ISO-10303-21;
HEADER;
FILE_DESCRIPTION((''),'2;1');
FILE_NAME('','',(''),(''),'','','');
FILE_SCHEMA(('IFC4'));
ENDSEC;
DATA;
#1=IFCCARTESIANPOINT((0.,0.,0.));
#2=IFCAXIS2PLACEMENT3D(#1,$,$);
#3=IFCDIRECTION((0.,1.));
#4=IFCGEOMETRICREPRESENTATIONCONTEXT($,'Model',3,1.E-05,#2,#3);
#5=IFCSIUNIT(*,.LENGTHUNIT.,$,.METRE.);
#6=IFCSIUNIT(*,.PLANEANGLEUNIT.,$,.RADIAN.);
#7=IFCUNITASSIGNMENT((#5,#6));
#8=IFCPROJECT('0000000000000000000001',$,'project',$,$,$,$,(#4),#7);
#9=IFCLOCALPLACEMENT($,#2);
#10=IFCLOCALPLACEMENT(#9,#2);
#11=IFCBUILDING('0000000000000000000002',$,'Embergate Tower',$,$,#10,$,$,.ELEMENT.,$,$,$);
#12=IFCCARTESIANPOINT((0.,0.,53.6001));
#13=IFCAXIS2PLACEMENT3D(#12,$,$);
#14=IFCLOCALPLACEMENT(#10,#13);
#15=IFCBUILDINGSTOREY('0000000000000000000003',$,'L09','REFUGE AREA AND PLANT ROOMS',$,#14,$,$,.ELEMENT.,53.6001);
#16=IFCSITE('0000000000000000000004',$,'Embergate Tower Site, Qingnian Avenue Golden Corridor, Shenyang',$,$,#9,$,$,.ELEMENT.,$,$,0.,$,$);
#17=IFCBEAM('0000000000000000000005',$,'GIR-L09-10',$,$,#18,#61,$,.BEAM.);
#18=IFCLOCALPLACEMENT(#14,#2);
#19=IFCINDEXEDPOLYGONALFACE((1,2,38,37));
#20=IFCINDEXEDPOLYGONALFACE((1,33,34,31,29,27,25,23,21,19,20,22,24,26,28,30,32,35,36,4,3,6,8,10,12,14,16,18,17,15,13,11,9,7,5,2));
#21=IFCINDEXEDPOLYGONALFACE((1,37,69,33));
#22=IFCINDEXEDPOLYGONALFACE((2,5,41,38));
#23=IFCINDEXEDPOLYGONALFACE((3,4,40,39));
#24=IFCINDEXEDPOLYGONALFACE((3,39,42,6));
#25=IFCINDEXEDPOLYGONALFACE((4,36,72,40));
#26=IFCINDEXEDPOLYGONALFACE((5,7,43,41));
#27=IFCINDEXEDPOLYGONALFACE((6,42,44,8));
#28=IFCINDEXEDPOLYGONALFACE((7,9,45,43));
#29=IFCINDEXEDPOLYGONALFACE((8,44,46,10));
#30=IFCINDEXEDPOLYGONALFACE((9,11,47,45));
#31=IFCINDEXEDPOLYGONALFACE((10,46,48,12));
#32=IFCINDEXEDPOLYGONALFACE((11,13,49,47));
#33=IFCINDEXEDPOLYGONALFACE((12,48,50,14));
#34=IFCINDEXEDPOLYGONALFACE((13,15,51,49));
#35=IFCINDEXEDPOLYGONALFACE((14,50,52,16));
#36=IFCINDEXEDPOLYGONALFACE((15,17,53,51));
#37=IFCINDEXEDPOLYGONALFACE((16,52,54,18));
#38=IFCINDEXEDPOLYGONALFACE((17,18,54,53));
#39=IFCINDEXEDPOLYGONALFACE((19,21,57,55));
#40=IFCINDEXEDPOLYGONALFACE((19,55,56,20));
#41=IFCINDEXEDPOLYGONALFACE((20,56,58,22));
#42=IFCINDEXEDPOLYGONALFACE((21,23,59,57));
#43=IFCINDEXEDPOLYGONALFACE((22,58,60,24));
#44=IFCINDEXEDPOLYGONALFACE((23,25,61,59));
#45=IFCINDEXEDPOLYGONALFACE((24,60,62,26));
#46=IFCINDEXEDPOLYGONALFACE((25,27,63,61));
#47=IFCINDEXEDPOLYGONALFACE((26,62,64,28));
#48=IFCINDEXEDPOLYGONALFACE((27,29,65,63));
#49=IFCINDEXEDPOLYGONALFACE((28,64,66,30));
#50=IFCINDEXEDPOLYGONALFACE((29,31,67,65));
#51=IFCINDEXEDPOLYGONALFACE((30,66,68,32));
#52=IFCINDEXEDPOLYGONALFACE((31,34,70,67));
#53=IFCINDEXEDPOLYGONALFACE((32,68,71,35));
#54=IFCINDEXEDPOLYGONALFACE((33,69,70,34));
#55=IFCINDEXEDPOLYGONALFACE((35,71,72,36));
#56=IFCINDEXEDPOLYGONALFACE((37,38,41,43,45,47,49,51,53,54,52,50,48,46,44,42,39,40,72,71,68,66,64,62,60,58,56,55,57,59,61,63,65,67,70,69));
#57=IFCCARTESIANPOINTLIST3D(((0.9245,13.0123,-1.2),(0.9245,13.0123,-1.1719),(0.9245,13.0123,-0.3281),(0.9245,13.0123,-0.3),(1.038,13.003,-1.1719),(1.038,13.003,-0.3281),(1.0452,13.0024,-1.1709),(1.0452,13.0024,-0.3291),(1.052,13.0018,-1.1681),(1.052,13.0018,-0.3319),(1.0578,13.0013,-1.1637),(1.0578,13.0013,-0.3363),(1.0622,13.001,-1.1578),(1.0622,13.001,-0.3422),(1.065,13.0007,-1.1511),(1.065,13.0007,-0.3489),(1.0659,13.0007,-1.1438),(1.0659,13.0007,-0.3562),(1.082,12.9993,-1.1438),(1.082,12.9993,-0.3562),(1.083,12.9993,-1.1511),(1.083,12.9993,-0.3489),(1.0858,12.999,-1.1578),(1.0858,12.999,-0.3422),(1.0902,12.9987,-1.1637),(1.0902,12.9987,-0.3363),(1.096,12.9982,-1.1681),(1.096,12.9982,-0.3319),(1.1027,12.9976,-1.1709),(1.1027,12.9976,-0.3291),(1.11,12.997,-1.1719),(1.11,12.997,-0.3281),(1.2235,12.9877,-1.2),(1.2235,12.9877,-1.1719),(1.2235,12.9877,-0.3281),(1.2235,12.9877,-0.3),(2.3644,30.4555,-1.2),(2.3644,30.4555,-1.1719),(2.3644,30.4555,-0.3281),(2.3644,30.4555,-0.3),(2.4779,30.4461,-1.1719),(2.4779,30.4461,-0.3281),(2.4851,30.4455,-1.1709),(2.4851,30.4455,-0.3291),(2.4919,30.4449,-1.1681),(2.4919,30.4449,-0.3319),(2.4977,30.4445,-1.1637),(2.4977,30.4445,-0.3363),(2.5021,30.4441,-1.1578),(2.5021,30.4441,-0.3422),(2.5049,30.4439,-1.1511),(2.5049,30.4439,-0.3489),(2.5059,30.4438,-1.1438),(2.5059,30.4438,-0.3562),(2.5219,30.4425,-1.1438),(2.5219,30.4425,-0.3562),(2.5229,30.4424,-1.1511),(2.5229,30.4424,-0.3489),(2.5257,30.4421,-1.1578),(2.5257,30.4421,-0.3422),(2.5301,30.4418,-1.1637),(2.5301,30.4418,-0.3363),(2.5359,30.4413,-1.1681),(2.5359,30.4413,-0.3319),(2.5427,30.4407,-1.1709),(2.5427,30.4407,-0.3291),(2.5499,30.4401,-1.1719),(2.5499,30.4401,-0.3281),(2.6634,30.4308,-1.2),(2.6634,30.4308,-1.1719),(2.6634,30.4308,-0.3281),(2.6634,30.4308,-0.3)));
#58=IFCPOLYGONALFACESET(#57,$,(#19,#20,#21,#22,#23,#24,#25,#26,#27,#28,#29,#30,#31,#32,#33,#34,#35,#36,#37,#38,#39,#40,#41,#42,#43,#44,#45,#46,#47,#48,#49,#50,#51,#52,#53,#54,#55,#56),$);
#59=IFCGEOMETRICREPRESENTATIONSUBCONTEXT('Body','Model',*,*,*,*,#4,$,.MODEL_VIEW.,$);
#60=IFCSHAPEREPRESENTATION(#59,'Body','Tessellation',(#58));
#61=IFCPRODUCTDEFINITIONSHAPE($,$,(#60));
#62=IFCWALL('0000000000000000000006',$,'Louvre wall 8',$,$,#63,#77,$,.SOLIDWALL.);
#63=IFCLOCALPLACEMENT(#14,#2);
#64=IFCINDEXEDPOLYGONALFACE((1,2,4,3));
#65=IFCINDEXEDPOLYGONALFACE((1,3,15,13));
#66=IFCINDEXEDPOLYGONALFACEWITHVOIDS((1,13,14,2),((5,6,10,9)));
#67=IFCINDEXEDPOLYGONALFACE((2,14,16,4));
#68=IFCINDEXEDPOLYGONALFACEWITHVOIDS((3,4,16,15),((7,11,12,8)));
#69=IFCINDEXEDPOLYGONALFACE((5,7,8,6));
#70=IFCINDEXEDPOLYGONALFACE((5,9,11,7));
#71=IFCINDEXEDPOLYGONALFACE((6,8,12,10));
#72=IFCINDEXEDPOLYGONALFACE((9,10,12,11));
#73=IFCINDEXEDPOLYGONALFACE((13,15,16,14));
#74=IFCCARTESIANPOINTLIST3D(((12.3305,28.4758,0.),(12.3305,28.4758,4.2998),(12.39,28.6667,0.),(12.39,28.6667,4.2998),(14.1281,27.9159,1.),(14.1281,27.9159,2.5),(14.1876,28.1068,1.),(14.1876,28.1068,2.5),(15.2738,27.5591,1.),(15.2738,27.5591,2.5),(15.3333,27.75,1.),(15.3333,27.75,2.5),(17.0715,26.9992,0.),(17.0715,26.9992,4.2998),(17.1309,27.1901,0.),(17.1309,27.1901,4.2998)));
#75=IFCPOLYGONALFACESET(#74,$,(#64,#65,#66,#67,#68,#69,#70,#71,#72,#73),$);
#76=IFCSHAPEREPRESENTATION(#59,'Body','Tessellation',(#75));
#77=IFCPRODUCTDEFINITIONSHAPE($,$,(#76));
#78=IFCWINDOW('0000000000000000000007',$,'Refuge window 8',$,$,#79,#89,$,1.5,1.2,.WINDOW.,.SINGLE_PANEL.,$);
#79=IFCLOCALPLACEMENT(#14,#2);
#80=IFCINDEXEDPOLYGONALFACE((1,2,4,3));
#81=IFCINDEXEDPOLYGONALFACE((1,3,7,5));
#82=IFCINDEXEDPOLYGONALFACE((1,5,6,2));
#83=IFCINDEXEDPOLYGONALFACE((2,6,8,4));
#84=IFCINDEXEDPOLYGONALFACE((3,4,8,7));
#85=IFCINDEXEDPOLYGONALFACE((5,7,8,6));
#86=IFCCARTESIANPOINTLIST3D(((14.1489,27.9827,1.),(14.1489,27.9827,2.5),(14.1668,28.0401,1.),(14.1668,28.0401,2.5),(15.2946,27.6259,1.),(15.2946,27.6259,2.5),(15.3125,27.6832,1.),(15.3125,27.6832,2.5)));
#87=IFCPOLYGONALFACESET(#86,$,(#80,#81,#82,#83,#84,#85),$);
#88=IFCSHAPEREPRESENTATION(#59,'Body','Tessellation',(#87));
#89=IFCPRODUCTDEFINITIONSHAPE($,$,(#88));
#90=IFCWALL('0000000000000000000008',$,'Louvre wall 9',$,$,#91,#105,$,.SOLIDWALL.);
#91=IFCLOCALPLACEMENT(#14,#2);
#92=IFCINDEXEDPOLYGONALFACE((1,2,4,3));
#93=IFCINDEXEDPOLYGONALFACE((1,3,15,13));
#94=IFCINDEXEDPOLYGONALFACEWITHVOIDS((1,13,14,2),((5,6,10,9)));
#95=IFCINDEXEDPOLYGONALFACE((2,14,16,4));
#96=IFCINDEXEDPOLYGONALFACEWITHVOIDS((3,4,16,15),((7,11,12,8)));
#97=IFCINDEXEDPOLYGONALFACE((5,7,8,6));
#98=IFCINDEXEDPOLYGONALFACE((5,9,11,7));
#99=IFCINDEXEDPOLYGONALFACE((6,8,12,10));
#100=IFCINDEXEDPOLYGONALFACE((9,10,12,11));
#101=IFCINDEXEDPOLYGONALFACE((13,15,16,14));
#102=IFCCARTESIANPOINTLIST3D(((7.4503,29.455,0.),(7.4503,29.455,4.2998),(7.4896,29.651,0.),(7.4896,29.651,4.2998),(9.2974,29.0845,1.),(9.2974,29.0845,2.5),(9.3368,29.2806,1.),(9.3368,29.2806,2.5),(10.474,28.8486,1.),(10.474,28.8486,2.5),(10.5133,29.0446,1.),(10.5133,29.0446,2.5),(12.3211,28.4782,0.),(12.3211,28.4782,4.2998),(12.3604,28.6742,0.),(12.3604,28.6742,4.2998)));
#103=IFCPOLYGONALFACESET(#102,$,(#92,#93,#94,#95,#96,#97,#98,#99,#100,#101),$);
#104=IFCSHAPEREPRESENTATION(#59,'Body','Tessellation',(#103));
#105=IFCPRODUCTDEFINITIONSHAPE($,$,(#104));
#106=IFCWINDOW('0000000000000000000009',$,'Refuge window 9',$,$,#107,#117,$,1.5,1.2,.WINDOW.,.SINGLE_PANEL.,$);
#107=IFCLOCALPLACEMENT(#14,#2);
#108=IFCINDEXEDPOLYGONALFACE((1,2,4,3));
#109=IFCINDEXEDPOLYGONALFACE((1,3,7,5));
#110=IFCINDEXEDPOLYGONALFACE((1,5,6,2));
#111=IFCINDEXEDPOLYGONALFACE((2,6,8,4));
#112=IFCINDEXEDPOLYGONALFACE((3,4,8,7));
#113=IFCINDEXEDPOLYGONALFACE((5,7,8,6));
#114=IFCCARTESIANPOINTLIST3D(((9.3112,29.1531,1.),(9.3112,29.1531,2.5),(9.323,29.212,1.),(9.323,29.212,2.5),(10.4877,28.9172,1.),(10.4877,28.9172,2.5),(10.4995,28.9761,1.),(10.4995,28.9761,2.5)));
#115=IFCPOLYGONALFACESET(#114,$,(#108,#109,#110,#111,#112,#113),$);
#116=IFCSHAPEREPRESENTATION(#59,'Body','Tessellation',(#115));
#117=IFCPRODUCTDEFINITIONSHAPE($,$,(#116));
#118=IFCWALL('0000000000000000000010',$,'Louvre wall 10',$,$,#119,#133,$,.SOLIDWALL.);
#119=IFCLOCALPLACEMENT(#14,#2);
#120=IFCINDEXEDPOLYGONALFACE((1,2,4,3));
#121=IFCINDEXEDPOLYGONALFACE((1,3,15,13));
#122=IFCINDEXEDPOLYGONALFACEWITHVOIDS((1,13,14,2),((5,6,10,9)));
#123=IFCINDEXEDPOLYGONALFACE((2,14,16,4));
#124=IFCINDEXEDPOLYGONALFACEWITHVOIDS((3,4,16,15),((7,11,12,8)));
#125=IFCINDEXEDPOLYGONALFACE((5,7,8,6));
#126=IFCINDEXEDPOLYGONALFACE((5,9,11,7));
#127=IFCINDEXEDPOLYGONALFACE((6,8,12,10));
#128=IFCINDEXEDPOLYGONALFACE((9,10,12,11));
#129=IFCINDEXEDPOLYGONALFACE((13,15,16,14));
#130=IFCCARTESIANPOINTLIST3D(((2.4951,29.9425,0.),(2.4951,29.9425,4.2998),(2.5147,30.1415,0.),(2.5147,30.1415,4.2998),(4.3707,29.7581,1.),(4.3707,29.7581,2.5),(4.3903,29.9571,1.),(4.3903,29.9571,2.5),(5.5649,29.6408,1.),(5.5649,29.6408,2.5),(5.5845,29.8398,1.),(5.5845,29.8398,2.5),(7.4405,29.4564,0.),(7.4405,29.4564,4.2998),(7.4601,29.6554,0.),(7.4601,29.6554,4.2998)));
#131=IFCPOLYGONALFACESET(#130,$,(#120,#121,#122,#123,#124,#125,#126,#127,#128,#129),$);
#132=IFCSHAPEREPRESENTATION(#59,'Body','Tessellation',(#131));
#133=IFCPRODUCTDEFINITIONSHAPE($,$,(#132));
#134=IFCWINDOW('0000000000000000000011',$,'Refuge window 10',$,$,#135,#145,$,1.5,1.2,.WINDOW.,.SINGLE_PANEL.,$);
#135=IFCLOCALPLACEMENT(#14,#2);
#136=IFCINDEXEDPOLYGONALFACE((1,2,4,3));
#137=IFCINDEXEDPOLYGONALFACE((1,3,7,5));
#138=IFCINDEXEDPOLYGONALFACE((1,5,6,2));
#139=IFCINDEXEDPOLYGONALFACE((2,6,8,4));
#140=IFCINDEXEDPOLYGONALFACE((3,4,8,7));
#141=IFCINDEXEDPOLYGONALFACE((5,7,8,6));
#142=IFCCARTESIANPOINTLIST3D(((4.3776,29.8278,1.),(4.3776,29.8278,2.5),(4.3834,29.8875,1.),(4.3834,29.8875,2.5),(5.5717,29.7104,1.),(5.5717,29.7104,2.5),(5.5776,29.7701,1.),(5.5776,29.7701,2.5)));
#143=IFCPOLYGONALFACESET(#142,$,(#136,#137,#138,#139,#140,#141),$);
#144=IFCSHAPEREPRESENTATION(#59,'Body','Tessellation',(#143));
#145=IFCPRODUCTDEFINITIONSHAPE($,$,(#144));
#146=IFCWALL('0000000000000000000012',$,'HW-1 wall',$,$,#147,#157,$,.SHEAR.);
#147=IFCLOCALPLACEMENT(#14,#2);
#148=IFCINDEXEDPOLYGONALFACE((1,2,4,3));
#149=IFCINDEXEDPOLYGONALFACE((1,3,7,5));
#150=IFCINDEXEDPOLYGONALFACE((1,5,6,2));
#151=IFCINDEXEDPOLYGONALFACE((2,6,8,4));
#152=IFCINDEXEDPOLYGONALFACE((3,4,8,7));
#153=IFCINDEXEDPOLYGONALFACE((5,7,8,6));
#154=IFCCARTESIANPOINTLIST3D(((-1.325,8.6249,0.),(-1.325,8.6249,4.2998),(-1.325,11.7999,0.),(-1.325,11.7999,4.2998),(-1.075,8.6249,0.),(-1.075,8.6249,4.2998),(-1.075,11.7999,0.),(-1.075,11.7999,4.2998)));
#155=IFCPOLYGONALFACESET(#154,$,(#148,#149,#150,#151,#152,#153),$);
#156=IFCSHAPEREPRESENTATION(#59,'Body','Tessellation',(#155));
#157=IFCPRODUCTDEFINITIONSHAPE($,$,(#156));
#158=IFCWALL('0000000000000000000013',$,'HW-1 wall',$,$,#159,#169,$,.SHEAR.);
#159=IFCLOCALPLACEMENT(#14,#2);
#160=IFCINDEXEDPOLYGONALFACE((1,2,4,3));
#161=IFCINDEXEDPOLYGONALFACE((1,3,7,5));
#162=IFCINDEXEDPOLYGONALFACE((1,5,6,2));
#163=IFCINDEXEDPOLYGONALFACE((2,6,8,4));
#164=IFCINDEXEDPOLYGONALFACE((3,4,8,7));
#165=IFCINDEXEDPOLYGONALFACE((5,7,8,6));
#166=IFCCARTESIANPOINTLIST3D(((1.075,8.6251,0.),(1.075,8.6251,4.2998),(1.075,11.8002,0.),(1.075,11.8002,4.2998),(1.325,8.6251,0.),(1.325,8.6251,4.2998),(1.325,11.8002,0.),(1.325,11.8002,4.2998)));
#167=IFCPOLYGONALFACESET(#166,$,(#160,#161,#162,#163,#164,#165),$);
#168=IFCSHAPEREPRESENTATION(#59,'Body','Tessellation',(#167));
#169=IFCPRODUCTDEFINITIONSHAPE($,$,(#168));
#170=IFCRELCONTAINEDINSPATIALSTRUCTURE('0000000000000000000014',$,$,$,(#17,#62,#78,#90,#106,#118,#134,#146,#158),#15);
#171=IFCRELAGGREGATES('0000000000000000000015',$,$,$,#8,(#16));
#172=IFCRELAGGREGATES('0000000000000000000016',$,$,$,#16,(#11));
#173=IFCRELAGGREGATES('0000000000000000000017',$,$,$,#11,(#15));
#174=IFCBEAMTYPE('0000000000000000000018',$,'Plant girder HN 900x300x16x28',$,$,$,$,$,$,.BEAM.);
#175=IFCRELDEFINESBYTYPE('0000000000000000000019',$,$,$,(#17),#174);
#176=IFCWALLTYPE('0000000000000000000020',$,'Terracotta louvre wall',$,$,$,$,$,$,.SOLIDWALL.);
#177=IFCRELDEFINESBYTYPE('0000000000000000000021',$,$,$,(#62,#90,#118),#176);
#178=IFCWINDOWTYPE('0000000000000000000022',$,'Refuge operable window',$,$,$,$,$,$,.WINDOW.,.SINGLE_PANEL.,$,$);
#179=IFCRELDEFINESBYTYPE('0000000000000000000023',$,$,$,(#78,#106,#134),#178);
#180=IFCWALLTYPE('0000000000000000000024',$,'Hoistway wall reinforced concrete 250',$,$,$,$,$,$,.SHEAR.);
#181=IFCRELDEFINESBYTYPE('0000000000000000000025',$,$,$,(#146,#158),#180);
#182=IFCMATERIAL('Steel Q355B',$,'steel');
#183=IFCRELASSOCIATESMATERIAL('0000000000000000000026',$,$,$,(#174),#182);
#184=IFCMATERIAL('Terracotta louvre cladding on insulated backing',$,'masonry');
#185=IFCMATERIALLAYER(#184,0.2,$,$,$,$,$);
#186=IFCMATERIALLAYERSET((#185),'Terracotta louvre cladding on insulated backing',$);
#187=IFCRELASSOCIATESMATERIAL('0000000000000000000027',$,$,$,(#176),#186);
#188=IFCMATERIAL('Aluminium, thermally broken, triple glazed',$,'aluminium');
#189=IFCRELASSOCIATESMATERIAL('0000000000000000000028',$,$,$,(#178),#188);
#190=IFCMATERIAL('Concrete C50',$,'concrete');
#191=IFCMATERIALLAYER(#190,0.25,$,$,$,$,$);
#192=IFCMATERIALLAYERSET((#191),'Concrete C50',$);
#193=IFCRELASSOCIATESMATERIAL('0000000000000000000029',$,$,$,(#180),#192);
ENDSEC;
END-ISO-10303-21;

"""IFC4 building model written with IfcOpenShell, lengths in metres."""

from ifc_helpers import new_model, si_unit, direction, frame, frame_2d, origin, origin_2d, place, context, subcontext, project, spatial, rectangle, i_section, extrude, source, transform, mapped, material, layer, layer_set, material_profile, profile_set, type_object, element, fill, save


model = new_model("IFC4")

# Units and contexts
model_context = context("Model", 3, precision=1e-05, world=origin(), true_north=direction((0.0, 1.0)))
body_context = subcontext(model_context, "Body", "Model", "MODEL_VIEW")
ifc_project = project(units=[si_unit("LENGTHUNIT", "METRE"), si_unit("PLANEANGLEUNIT", "RADIAN")], contexts=[model_context])

# Site, building, storey
site_placement = place(None, origin())
site = spatial("IfcSite", under=ifc_project, at=site_placement, Name="Embergate Tower Site, Qingnian Avenue Golden Corridor, Shenyang", CompositionType="ELEMENT", RefElevation=0.0)
building_placement = place(site_placement, origin())
building = spatial("IfcBuilding", under=site, at=building_placement, Name="Embergate Tower", CompositionType="ELEMENT")
storey_placement = place(building_placement, frame((0.0, 0.0, 53.6001)))
storey = spatial("IfcBuildingStorey", under=building, at=storey_placement, Name="L09", Description="REFUGE AREA AND PLANT ROOMS", CompositionType="ELEMENT", Elevation=53.6001)

# Beam
ifc_material_1 = material(Name="Steel Q355B", Category="steel")
ifc_material_profile_1 = material_profile(ifc_material_1, i_section(OverallWidth=0.3, OverallDepth=0.8999, WebThickness=0.0161, FlangeThickness=0.0281, FilletRadius=0.0281, at=origin_2d()), Name="HN 900x300x16x28")
ifc_profile_set_1 = profile_set([ifc_material_profile_1], Name="Steel Q355 grade B")
beam_type_1 = type_object("IfcBeamType", Name="Plant girder HN 900x300x16x28", PredefinedType="BEAM", material=ifc_profile_set_1)
shared_shape_1 = source(origin(), body_context, "Body", "SweptSolid", [
    extrude(i_section(OverallWidth=0.3, OverallDepth=0.8999, WebThickness=0.0161, FlangeThickness=0.0281, FilletRadius=0.0281, at=origin_2d()), origin(), (0.0, 0.0, 1.0), 17.5024),
])
beam_1_placement = place(storey_placement, frame((2.5139, 30.4431, -0.75), z_axis=(-0.082271, -0.99661, 0.0), x_axis=(0.99661, -0.082271, 0.0)))
element("IfcBeam", 1, at=beam_1_placement, inside=storey, type_object=beam_type_1, Name="GIR-L09-10", PredefinedType="BEAM", context=body_context, shape_type="MappedRepresentation", body=[
    mapped(shared_shape_1, transform((0.0, 0.0, 0.0))),
])

# Walls, openings, windows
ifc_material_2 = material(Name="Terracotta louvre cladding on insulated backing", Category="masonry")
ifc_layer_1 = layer(ifc_material_2, 0.2)
ifc_layer_set_1 = layer_set([ifc_layer_1], Name="Terracotta louvre cladding on insulated backing")
wall_type_1 = type_object("IfcWallType", Name="Terracotta louvre wall", PredefinedType="SOLIDWALL", material=ifc_layer_set_1)
shared_shape_2 = source(origin(), body_context, "Body", "SweptSolid", [
    extrude(rectangle(XDim=4.9656, YDim=0.2, at=frame_2d((2.4829, 0.0))), origin(), (0.0, 0.0, 1.0), 4.2998),
])
wall_1_placement = place(storey_placement, frame((12.3601, 28.5713, 0.0), z_axis=(0.0, 0.0, 1.0), x_axis=(0.954766, -0.297359, 0.0)))
wall_1 = element("IfcWall", 2, at=wall_1_placement, inside=storey, type_object=wall_type_1, Name="Louvre wall 8", PredefinedType="SOLIDWALL", context=body_context, shape_type="MappedRepresentation", body=[
    mapped(shared_shape_2, transform((0.0, 0.0, 0.0))),
])
shared_shape_3 = source(origin(), body_context, "Body", "SweptSolid", [
    extrude(rectangle(XDim=1.2, YDim=1.5, at=frame_2d((0.6001, 0.75))), frame((0.0, 0.1099, 0.0), z_axis=(0.0, -1.0, 0.0), x_axis=(1.0, 0.0, 0.0)), (0.0, 0.0, 1.0), 0.22),
])
opening_1_placement = place(wall_1_placement, frame((1.8828, 0.0, 1.0)))
opening_1 = element("IfcOpeningElement", 3, at=opening_1_placement, cuts=wall_1, PredefinedType="OPENING", context=body_context, shape_type="MappedRepresentation", body=[
    mapped(shared_shape_3, transform((0.0, 0.0, 0.0))),
])
ifc_material_3 = material(Name="Aluminium, thermally broken, triple glazed", Category="aluminium")
window_type = type_object("IfcWindowType", Name="Refuge operable window", PartitioningType="SINGLE_PANEL", PredefinedType="WINDOW", material=ifc_material_3)
shared_shape_4 = source(origin(), body_context, "Body", "SweptSolid", [
    extrude(rectangle(XDim=1.2, YDim=1.5, at=frame_2d((0.6001, 0.75))), frame((0.0, 0.03, 0.0), z_axis=(0.0, -1.0, 0.0), x_axis=(1.0, 0.0, 0.0)), (0.0, 0.0, 1.0), 0.0601),
])
window_1_placement = place(opening_1_placement, origin())
window_1 = element("IfcWindow", 4, at=window_1_placement, inside=storey, type_object=window_type, Name="Refuge window 8", OverallHeight=1.5, OverallWidth=1.2, PartitioningType="SINGLE_PANEL", PredefinedType="WINDOW", context=body_context, shape_type="MappedRepresentation", body=[
    mapped(shared_shape_4, transform((0.0, 0.0, 0.0))),
])
fill(opening_1, window_1)
shared_shape_5 = source(origin(), body_context, "Body", "SweptSolid", [
    extrude(rectangle(XDim=4.9678, YDim=0.2, at=frame_2d((2.4839, 0.0))), origin(), (0.0, 0.0, 1.0), 4.2998),
])
wall_2_placement = place(storey_placement, frame((7.47, 29.553, 0.0), z_axis=(0.0, 0.0, 1.0), x_axis=(0.980478, -0.196626, 0.0)))
wall_2 = element("IfcWall", 5, at=wall_2_placement, inside=storey, type_object=wall_type_1, Name="Louvre wall 9", PredefinedType="SOLIDWALL", context=body_context, shape_type="MappedRepresentation", body=[
    mapped(shared_shape_5, transform((0.0, 0.0, 0.0))),
])
opening_2_placement = place(wall_2_placement, frame((1.8838, 0.0, 1.0)))
opening_2 = element("IfcOpeningElement", 6, at=opening_2_placement, cuts=wall_2, PredefinedType="OPENING", context=body_context, shape_type="MappedRepresentation", body=[
    mapped(shared_shape_3, transform((0.0, 0.0, 0.0))),
])
window_2_placement = place(opening_2_placement, origin())
window_2 = element("IfcWindow", 7, at=window_2_placement, inside=storey, type_object=window_type, Name="Refuge window 9", OverallHeight=1.5, OverallWidth=1.2, PartitioningType="SINGLE_PANEL", PredefinedType="WINDOW", context=body_context, shape_type="MappedRepresentation", body=[
    mapped(shared_shape_4, transform((0.0, 0.0, 0.0))),
])
fill(opening_2, window_2)
shared_shape_6 = source(origin(), body_context, "Body", "SweptSolid", [
    extrude(rectangle(XDim=4.9692, YDim=0.2, at=frame_2d((2.4846, 0.0))), origin(), (0.0, 0.0, 1.0), 4.2998),
])
wall_3_placement = place(storey_placement, frame((2.5049, 30.042, 0.0), z_axis=(0.0, 0.0, 1.0), x_axis=(0.995204, -0.09782, 0.0)))
wall_3 = element("IfcWall", 8, at=wall_3_placement, inside=storey, type_object=wall_type_1, Name="Louvre wall 10", PredefinedType="SOLIDWALL", context=body_context, shape_type="MappedRepresentation", body=[
    mapped(shared_shape_6, transform((0.0, 0.0, 0.0))),
])
opening_3_placement = place(wall_3_placement, frame((1.8845, 0.0, 1.0)))
opening_3 = element("IfcOpeningElement", 9, at=opening_3_placement, cuts=wall_3, PredefinedType="OPENING", context=body_context, shape_type="MappedRepresentation", body=[
    mapped(shared_shape_3, transform((0.0, 0.0, 0.0))),
])
window_3_placement = place(opening_3_placement, origin())
window_3 = element("IfcWindow", 10, at=window_3_placement, inside=storey, type_object=window_type, Name="Refuge window 10", OverallHeight=1.5, OverallWidth=1.2, PartitioningType="SINGLE_PANEL", PredefinedType="WINDOW", context=body_context, shape_type="MappedRepresentation", body=[
    mapped(shared_shape_4, transform((0.0, 0.0, 0.0))),
])
fill(opening_3, window_3)

# Walls
ifc_material_4 = material(Name="Concrete C50", Category="concrete")
ifc_layer_2 = layer(ifc_material_4, 0.25)
ifc_layer_set_2 = layer_set([ifc_layer_2], Name="Concrete C50")
wall_type_2 = type_object("IfcWallType", Name="Hoistway wall reinforced concrete 250", PredefinedType="SHEAR", material=ifc_layer_set_2)
shared_shape_7 = source(origin(), body_context, "Body", "SweptSolid", [
    extrude(rectangle(XDim=3.175, YDim=0.25, at=frame_2d((1.5874, 0.0))), origin(), (0.0, 0.0, 1.0), 4.2998),
])
for number, where, z_axis, x_axis, name in (
    (11, (-1.2, 8.625, 0.0), (0.0, 0.0, 1.0), (0.0, 1.0, 0.0), "HW-1 wall"),
    (12, (1.2, 11.8, 0.0), (0.0, 0.0, 1.0), (0.0, -1.0, 0.0), "HW-1 wall"),
):
    element("IfcWall", number, at=place(storey_placement, frame(where, z_axis=z_axis, x_axis=x_axis)), inside=storey, type_object=wall_type_2, Name=name, PredefinedType="SHEAR", context=body_context, shape_type="MappedRepresentation", body=[
        mapped(shared_shape_7, transform((0.0, 0.0, 0.0))),
    ])

save(model, "model.ifc")
